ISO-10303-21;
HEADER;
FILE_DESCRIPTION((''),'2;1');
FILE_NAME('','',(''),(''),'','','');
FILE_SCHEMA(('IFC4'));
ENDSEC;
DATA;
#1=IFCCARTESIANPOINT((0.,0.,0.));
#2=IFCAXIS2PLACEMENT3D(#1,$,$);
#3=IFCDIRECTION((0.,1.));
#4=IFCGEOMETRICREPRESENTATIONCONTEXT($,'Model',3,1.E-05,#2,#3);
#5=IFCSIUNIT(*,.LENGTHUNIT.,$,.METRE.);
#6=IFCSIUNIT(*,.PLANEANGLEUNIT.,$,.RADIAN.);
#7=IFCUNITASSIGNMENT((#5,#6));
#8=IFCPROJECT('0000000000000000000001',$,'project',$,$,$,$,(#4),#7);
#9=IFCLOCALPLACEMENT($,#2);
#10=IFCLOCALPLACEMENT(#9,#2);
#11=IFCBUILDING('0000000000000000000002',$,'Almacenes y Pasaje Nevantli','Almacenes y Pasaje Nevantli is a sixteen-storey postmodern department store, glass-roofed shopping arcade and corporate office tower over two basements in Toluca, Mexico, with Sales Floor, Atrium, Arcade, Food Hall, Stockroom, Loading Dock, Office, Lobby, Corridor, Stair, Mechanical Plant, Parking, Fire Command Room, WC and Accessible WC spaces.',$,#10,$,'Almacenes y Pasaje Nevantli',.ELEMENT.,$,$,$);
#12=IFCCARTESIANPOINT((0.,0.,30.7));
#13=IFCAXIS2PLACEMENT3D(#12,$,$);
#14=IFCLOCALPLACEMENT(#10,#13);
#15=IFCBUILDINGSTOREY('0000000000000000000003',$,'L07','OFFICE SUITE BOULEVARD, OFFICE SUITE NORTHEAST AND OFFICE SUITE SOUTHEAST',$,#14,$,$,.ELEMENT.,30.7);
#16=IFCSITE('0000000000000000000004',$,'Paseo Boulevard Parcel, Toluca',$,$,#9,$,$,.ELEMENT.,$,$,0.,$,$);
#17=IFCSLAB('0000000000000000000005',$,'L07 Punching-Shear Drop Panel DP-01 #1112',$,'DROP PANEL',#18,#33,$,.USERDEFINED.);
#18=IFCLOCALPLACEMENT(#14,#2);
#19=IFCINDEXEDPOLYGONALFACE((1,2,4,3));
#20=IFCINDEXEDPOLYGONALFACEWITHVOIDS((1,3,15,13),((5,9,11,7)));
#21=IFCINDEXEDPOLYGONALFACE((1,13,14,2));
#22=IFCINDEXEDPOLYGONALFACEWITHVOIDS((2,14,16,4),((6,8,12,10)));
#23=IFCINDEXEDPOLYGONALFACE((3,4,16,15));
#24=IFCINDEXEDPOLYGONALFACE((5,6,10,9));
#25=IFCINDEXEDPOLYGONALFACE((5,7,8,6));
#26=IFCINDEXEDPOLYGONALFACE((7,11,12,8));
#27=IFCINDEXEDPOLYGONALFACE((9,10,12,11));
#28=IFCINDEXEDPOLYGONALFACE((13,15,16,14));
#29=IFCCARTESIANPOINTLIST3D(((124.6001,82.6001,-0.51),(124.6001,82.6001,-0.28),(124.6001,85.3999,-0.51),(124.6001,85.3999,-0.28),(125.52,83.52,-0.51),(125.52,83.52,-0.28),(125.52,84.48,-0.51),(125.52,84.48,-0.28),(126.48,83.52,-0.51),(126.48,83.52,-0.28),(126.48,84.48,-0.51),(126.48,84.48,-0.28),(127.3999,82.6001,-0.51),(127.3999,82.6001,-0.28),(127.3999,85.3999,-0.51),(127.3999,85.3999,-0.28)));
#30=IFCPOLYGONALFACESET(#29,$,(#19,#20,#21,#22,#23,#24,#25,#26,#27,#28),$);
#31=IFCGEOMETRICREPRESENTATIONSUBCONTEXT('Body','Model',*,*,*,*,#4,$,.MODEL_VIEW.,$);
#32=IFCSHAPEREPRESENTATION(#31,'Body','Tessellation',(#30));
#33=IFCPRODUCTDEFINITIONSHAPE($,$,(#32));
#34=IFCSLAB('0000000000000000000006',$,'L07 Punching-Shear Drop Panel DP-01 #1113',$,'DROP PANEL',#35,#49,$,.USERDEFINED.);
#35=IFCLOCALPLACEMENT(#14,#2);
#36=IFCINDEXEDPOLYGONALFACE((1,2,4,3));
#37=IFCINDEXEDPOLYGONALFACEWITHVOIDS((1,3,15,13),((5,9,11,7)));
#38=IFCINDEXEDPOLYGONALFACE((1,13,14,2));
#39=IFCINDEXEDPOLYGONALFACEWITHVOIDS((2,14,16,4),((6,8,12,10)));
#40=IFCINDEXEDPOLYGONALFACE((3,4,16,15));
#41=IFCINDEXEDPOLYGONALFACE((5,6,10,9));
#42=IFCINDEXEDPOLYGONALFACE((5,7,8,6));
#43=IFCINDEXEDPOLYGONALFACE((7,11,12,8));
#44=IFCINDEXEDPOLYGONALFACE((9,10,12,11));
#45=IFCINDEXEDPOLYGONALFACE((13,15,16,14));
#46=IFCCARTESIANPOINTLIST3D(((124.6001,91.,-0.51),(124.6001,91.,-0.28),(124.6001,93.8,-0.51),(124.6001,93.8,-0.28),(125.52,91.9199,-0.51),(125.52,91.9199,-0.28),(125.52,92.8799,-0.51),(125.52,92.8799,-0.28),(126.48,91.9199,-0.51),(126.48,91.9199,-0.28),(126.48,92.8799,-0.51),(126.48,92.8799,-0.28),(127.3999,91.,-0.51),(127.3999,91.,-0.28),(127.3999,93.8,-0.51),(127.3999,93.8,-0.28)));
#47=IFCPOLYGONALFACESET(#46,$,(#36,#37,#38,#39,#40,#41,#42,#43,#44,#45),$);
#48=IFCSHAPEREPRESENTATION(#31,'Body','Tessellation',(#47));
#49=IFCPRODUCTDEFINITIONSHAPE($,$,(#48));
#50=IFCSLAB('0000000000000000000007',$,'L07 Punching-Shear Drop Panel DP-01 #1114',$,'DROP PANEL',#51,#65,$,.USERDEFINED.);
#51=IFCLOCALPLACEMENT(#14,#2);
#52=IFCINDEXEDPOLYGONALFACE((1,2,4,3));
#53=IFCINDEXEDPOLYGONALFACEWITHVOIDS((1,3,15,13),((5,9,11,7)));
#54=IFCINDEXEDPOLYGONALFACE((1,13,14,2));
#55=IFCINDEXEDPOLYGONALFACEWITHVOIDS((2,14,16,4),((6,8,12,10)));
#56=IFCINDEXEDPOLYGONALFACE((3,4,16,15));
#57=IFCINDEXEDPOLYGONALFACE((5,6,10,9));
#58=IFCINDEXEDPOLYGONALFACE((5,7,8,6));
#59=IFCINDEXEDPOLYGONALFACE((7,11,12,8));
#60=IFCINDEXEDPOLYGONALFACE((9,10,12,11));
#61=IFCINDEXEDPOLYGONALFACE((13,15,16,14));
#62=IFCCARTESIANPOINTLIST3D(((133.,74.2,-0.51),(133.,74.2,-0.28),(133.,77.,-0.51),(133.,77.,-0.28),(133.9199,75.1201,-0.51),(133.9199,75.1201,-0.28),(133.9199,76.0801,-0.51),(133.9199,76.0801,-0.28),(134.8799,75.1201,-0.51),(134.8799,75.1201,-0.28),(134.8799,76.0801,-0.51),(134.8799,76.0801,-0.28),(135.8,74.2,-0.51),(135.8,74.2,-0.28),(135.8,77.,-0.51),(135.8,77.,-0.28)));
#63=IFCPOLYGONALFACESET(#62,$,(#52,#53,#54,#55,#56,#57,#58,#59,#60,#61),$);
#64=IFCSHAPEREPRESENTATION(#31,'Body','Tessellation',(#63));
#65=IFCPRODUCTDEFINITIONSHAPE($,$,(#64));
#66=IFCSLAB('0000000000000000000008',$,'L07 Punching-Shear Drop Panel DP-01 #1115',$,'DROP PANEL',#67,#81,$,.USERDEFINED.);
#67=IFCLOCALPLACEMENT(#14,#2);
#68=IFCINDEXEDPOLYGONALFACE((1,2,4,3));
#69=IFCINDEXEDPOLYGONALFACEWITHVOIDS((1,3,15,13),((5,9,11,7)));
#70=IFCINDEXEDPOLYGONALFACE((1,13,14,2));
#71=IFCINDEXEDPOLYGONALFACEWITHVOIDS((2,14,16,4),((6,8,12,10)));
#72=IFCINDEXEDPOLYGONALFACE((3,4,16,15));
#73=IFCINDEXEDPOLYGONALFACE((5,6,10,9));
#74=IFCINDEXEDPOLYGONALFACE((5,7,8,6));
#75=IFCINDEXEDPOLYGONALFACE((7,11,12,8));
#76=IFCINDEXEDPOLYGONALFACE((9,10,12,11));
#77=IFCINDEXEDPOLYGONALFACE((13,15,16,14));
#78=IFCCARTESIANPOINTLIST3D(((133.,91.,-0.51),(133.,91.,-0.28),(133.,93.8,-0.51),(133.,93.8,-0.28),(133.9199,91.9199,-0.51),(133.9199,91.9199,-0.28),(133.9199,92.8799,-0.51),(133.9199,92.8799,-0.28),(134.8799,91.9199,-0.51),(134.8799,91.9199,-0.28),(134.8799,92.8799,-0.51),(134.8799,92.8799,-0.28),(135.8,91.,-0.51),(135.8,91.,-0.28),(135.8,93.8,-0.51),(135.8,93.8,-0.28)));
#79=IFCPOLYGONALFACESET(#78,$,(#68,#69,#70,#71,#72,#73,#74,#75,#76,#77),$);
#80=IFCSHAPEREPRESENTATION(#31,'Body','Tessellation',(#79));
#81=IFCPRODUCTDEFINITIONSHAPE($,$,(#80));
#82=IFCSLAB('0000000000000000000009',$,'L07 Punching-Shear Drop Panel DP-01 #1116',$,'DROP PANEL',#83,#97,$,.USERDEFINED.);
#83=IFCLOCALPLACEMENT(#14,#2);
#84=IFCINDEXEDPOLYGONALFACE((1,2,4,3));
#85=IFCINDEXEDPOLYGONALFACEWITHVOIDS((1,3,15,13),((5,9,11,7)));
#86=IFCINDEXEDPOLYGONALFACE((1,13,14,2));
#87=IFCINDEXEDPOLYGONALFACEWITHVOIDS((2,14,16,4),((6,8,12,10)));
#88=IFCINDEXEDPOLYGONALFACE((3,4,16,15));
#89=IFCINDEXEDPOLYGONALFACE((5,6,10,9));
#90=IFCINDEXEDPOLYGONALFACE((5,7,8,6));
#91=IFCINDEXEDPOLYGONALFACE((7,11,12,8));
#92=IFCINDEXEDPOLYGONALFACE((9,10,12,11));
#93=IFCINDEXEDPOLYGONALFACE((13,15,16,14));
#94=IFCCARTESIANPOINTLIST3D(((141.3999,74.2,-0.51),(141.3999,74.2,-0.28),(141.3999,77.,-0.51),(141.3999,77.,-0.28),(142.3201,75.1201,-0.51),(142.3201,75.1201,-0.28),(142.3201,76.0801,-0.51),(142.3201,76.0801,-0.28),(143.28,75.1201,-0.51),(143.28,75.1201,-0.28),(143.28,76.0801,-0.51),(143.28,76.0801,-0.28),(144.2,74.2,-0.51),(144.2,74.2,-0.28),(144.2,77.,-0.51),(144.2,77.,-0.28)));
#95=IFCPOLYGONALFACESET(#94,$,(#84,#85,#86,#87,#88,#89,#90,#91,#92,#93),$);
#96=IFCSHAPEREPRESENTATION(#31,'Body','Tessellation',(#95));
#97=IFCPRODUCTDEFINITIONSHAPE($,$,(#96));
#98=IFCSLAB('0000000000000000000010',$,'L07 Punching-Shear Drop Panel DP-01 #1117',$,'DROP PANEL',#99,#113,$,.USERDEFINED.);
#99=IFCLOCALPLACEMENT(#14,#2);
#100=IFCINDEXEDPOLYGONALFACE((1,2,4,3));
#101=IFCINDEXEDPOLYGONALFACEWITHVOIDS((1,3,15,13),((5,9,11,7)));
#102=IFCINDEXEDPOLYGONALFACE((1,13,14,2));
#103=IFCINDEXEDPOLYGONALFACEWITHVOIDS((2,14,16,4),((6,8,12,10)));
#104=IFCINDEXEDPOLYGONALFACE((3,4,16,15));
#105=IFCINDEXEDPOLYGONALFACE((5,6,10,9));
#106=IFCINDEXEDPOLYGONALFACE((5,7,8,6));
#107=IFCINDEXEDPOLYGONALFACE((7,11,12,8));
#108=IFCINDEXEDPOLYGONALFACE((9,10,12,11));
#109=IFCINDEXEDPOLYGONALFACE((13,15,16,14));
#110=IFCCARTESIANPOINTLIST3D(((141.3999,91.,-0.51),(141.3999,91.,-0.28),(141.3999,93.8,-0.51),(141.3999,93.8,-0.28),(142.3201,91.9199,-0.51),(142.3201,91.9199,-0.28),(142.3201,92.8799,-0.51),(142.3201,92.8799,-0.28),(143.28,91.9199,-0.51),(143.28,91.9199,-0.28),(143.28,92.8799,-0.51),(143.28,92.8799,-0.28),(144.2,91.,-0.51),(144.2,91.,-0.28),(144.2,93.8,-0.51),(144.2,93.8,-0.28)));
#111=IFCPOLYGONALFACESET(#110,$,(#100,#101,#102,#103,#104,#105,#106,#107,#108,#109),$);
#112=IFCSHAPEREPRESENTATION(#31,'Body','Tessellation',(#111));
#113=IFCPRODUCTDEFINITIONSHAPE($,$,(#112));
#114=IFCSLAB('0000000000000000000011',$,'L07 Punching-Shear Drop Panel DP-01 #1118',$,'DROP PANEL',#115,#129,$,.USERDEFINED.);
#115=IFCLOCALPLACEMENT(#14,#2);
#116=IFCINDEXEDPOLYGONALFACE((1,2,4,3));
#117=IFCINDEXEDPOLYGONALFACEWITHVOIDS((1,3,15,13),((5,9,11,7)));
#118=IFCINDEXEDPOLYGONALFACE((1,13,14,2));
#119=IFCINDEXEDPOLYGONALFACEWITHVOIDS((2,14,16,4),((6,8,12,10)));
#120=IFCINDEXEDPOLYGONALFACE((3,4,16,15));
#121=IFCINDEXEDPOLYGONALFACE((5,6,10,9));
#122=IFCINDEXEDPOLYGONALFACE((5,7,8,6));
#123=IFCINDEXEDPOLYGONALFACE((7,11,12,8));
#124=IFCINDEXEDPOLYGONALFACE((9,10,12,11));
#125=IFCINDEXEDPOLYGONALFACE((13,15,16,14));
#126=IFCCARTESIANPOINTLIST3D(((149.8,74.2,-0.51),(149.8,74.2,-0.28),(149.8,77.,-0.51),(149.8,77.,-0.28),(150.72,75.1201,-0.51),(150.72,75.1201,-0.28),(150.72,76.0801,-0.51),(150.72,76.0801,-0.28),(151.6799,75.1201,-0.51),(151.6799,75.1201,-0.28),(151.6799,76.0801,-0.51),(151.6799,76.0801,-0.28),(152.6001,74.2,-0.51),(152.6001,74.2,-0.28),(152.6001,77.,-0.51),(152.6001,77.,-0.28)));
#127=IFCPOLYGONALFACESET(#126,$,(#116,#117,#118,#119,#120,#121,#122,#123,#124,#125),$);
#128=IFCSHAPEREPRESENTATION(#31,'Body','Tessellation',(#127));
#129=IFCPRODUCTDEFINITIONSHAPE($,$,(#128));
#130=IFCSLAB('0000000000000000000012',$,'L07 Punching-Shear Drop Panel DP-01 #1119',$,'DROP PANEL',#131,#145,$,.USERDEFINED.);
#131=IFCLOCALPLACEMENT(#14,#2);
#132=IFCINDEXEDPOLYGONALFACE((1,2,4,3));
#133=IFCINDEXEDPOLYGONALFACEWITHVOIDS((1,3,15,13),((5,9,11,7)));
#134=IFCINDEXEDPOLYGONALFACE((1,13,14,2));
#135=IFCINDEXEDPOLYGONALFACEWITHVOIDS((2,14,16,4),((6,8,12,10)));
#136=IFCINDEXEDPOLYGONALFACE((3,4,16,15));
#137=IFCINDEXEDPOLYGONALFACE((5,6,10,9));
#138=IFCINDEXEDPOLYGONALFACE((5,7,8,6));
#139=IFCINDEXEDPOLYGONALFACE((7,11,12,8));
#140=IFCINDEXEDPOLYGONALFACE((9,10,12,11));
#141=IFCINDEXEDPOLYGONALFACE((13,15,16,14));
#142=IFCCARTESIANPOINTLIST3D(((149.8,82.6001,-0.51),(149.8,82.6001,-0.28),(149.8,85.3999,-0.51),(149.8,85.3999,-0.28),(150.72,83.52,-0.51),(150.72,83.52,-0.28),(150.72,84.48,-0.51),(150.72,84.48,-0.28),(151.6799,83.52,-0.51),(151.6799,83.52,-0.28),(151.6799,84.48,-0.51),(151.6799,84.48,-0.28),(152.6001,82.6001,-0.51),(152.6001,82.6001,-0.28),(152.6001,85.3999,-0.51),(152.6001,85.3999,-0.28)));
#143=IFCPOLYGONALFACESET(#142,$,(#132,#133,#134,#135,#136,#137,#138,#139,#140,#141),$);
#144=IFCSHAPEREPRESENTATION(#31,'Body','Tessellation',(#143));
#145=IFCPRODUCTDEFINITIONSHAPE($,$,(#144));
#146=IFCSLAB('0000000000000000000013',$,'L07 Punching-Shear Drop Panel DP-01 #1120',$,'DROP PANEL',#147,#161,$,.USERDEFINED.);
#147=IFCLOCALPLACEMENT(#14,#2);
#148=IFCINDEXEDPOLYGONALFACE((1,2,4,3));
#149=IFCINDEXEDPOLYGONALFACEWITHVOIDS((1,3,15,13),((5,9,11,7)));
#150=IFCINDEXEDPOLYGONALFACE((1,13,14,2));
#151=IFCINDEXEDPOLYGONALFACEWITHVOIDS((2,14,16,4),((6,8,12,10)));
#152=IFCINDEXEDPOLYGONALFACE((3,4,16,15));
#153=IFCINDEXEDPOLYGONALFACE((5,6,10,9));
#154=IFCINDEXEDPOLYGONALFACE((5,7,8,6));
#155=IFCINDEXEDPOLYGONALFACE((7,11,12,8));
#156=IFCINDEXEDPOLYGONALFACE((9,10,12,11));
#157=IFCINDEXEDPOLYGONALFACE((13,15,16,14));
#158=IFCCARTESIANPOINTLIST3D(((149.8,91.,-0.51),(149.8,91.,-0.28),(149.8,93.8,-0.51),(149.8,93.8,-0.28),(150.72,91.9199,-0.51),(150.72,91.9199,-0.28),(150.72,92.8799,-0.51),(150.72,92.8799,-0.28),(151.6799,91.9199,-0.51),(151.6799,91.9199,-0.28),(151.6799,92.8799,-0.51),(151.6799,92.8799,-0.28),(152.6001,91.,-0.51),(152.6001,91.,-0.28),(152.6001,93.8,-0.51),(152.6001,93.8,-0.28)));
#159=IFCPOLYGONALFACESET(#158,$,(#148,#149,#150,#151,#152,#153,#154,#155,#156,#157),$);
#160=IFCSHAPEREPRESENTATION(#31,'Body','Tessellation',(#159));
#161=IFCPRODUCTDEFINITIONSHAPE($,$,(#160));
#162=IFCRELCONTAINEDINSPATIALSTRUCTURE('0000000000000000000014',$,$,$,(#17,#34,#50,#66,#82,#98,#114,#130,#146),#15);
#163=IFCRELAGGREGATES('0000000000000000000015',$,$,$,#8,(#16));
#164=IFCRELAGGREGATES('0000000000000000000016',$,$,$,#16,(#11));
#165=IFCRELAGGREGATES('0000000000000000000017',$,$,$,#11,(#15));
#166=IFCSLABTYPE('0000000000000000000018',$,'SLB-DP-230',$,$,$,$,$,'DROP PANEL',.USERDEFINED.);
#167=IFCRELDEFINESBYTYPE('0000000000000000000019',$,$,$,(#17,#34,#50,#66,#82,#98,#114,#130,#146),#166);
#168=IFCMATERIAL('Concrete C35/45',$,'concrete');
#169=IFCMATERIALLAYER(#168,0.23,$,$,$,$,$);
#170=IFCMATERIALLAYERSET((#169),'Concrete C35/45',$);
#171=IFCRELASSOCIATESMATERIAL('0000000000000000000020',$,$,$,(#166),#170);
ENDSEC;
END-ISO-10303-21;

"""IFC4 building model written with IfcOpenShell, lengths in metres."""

from ifc_helpers import new_model, si_unit, direction, frame, origin, place, context, subcontext, project, spatial, polyline, outline, extrude, material, layer, layer_set, type_object, element, save


model = new_model("IFC4")

# Units and contexts
model_context = context("Model", 3, precision=1e-05, world=origin(), true_north=direction((0.0, 1.0)))
body_context = subcontext(model_context, "Body", "Model", "MODEL_VIEW")
ifc_project = project(units=[si_unit("LENGTHUNIT", "METRE"), si_unit("PLANEANGLEUNIT", "RADIAN")], contexts=[model_context])

# Site, building, storey
site_placement = place(None, origin())
site = spatial("IfcSite", under=ifc_project, at=site_placement, Name="Paseo Boulevard Parcel, Toluca", CompositionType="ELEMENT", RefElevation=0.0)
building_placement = place(site_placement, origin())
building = spatial("IfcBuilding", under=site, at=building_placement, Name="Almacenes y Pasaje Nevantli", Description="Almacenes y Pasaje Nevantli is a sixteen-storey postmodern department store, glass-roofed shopping arcade and corporate office tower over two basements in Toluca, Mexico, with Sales Floor, Atrium, Arcade, Food Hall, Stockroom, Loading Dock, Office, Lobby, Corridor, Stair, Mechanical Plant, Parking, Fire Command Room, WC and Accessible WC spaces.", LongName="Almacenes y Pasaje Nevantli", CompositionType="ELEMENT")
storey_placement = place(building_placement, frame((0.0, 0.0, 30.7)))
storey = spatial("IfcBuildingStorey", under=building, at=storey_placement, Name="L07", Description="OFFICE SUITE BOULEVARD, OFFICE SUITE NORTHEAST AND OFFICE SUITE SOUTHEAST", CompositionType="ELEMENT", Elevation=30.7)

# Slabs
ifc_material_1 = material(Name="Concrete C35/45", Category="concrete")
ifc_layer_1 = layer(ifc_material_1, 0.23)
ifc_layer_set_1 = layer_set([ifc_layer_1], Name="Concrete C35/45")
slab_type_1 = type_object("IfcSlabType", Name="SLB-DP-230", ElementType="DROP PANEL", PredefinedType="USERDEFINED", material=ifc_layer_set_1)
slab_1_placement = place(storey_placement, frame((0.0, 0.0, -0.51)))
element("IfcSlab", 1, at=slab_1_placement, inside=storey, type_object=slab_type_1, Name="L07 Punching-Shear Drop Panel DP-01 #1112", ObjectType="DROP PANEL", PredefinedType="USERDEFINED", context=body_context, shape_type="SweptSolid", body=[
    extrude(outline(polyline([(124.6001, 82.6001), (127.3999, 82.6001), (127.3999, 85.3999), (124.6001, 85.3999), (124.6001, 82.6001)]), holes=[polyline([(125.52, 83.52), (126.48, 83.52), (126.48, 84.48), (125.52, 84.48), (125.52, 83.52)])]), origin(), (0.0, 0.0, 1.0), 0.23),
])
slab_2_placement = place(storey_placement, frame((0.0, 0.0, -0.51)))
element("IfcSlab", 2, at=slab_2_placement, inside=storey, type_object=slab_type_1, Name="L07 Punching-Shear Drop Panel DP-01 #1113", ObjectType="DROP PANEL", PredefinedType="USERDEFINED", context=body_context, shape_type="SweptSolid", body=[
    extrude(outline(polyline([(124.6001, 91.0), (127.3999, 91.0), (127.3999, 93.8), (124.6001, 93.8), (124.6001, 91.0)]), holes=[polyline([(125.52, 91.9199), (126.48, 91.9199), (126.48, 92.8799), (125.52, 92.8799), (125.52, 91.9199)])]), origin(), (0.0, 0.0, 1.0), 0.23),
])
slab_3_placement = place(storey_placement, frame((0.0, 0.0, -0.51)))
element("IfcSlab", 3, at=slab_3_placement, inside=storey, type_object=slab_type_1, Name="L07 Punching-Shear Drop Panel DP-01 #1114", ObjectType="DROP PANEL", PredefinedType="USERDEFINED", context=body_context, shape_type="SweptSolid", body=[
    extrude(outline(polyline([(133.0, 74.2), (135.8, 74.2), (135.8, 77.0), (133.0, 77.0), (133.0, 74.2)]), holes=[polyline([(133.9199, 75.1201), (134.8799, 75.1201), (134.8799, 76.0801), (133.9199, 76.0801), (133.9199, 75.1201)])]), origin(), (0.0, 0.0, 1.0), 0.23),
])
slab_4_placement = place(storey_placement, frame((0.0, 0.0, -0.51)))
element("IfcSlab", 4, at=slab_4_placement, inside=storey, type_object=slab_type_1, Name="L07 Punching-Shear Drop Panel DP-01 #1115", ObjectType="DROP PANEL", PredefinedType="USERDEFINED", context=body_context, shape_type="SweptSolid", body=[
    extrude(outline(polyline([(133.0, 91.0), (135.8, 91.0), (135.8, 93.8), (133.0, 93.8), (133.0, 91.0)]), holes=[polyline([(133.9199, 91.9199), (134.8799, 91.9199), (134.8799, 92.8799), (133.9199, 92.8799), (133.9199, 91.9199)])]), origin(), (0.0, 0.0, 1.0), 0.23),
])
slab_5_placement = place(storey_placement, frame((0.0, 0.0, -0.51)))
element("IfcSlab", 5, at=slab_5_placement, inside=storey, type_object=slab_type_1, Name="L07 Punching-Shear Drop Panel DP-01 #1116", ObjectType="DROP PANEL", PredefinedType="USERDEFINED", context=body_context, shape_type="SweptSolid", body=[
    extrude(outline(polyline([(141.3999, 74.2), (144.2, 74.2), (144.2, 77.0), (141.3999, 77.0), (141.3999, 74.2)]), holes=[polyline([(142.3201, 75.1201), (143.28, 75.1201), (143.28, 76.0801), (142.3201, 76.0801), (142.3201, 75.1201)])]), origin(), (0.0, 0.0, 1.0), 0.23),
])
slab_6_placement = place(storey_placement, frame((0.0, 0.0, -0.51)))
element("IfcSlab", 6, at=slab_6_placement, inside=storey, type_object=slab_type_1, Name="L07 Punching-Shear Drop Panel DP-01 #1117", ObjectType="DROP PANEL", PredefinedType="USERDEFINED", context=body_context, shape_type="SweptSolid", body=[
    extrude(outline(polyline([(141.3999, 91.0), (144.2, 91.0), (144.2, 93.8), (141.3999, 93.8), (141.3999, 91.0)]), holes=[polyline([(142.3201, 91.9199), (143.28, 91.9199), (143.28, 92.8799), (142.3201, 92.8799), (142.3201, 91.9199)])]), origin(), (0.0, 0.0, 1.0), 0.23),
])
slab_7_placement = place(storey_placement, frame((0.0, 0.0, -0.51)))
element("IfcSlab", 7, at=slab_7_placement, inside=storey, type_object=slab_type_1, Name="L07 Punching-Shear Drop Panel DP-01 #1118", ObjectType="DROP PANEL", PredefinedType="USERDEFINED", context=body_context, shape_type="SweptSolid", body=[
    extrude(outline(polyline([(149.8, 74.2), (152.6001, 74.2), (152.6001, 77.0), (149.8, 77.0), (149.8, 74.2)]), holes=[polyline([(150.72, 75.1201), (151.6799, 75.1201), (151.6799, 76.0801), (150.72, 76.0801), (150.72, 75.1201)])]), origin(), (0.0, 0.0, 1.0), 0.23),
])
slab_8_placement = place(storey_placement, frame((0.0, 0.0, -0.51)))
element("IfcSlab", 8, at=slab_8_placement, inside=storey, type_object=slab_type_1, Name="L07 Punching-Shear Drop Panel DP-01 #1119", ObjectType="DROP PANEL", PredefinedType="USERDEFINED", context=body_context, shape_type="SweptSolid", body=[
    extrude(outline(polyline([(149.8, 82.6001), (152.6001, 82.6001), (152.6001, 85.3999), (149.8, 85.3999), (149.8, 82.6001)]), holes=[polyline([(150.72, 83.52), (151.6799, 83.52), (151.6799, 84.48), (150.72, 84.48), (150.72, 83.52)])]), origin(), (0.0, 0.0, 1.0), 0.23),
])
slab_9_placement = place(storey_placement, frame((0.0, 0.0, -0.51)))
element("IfcSlab", 9, at=slab_9_placement, inside=storey, type_object=slab_type_1, Name="L07 Punching-Shear Drop Panel DP-01 #1120", ObjectType="DROP PANEL", PredefinedType="USERDEFINED", context=body_context, shape_type="SweptSolid", body=[
    extrude(outline(polyline([(149.8, 91.0), (152.6001, 91.0), (152.6001, 93.8), (149.8, 93.8), (149.8, 91.0)]), holes=[polyline([(150.72, 91.9199), (151.6799, 91.9199), (151.6799, 92.8799), (150.72, 92.8799), (150.72, 91.9199)])]), origin(), (0.0, 0.0, 1.0), 0.23),
])

save(model, "model.ifc")
